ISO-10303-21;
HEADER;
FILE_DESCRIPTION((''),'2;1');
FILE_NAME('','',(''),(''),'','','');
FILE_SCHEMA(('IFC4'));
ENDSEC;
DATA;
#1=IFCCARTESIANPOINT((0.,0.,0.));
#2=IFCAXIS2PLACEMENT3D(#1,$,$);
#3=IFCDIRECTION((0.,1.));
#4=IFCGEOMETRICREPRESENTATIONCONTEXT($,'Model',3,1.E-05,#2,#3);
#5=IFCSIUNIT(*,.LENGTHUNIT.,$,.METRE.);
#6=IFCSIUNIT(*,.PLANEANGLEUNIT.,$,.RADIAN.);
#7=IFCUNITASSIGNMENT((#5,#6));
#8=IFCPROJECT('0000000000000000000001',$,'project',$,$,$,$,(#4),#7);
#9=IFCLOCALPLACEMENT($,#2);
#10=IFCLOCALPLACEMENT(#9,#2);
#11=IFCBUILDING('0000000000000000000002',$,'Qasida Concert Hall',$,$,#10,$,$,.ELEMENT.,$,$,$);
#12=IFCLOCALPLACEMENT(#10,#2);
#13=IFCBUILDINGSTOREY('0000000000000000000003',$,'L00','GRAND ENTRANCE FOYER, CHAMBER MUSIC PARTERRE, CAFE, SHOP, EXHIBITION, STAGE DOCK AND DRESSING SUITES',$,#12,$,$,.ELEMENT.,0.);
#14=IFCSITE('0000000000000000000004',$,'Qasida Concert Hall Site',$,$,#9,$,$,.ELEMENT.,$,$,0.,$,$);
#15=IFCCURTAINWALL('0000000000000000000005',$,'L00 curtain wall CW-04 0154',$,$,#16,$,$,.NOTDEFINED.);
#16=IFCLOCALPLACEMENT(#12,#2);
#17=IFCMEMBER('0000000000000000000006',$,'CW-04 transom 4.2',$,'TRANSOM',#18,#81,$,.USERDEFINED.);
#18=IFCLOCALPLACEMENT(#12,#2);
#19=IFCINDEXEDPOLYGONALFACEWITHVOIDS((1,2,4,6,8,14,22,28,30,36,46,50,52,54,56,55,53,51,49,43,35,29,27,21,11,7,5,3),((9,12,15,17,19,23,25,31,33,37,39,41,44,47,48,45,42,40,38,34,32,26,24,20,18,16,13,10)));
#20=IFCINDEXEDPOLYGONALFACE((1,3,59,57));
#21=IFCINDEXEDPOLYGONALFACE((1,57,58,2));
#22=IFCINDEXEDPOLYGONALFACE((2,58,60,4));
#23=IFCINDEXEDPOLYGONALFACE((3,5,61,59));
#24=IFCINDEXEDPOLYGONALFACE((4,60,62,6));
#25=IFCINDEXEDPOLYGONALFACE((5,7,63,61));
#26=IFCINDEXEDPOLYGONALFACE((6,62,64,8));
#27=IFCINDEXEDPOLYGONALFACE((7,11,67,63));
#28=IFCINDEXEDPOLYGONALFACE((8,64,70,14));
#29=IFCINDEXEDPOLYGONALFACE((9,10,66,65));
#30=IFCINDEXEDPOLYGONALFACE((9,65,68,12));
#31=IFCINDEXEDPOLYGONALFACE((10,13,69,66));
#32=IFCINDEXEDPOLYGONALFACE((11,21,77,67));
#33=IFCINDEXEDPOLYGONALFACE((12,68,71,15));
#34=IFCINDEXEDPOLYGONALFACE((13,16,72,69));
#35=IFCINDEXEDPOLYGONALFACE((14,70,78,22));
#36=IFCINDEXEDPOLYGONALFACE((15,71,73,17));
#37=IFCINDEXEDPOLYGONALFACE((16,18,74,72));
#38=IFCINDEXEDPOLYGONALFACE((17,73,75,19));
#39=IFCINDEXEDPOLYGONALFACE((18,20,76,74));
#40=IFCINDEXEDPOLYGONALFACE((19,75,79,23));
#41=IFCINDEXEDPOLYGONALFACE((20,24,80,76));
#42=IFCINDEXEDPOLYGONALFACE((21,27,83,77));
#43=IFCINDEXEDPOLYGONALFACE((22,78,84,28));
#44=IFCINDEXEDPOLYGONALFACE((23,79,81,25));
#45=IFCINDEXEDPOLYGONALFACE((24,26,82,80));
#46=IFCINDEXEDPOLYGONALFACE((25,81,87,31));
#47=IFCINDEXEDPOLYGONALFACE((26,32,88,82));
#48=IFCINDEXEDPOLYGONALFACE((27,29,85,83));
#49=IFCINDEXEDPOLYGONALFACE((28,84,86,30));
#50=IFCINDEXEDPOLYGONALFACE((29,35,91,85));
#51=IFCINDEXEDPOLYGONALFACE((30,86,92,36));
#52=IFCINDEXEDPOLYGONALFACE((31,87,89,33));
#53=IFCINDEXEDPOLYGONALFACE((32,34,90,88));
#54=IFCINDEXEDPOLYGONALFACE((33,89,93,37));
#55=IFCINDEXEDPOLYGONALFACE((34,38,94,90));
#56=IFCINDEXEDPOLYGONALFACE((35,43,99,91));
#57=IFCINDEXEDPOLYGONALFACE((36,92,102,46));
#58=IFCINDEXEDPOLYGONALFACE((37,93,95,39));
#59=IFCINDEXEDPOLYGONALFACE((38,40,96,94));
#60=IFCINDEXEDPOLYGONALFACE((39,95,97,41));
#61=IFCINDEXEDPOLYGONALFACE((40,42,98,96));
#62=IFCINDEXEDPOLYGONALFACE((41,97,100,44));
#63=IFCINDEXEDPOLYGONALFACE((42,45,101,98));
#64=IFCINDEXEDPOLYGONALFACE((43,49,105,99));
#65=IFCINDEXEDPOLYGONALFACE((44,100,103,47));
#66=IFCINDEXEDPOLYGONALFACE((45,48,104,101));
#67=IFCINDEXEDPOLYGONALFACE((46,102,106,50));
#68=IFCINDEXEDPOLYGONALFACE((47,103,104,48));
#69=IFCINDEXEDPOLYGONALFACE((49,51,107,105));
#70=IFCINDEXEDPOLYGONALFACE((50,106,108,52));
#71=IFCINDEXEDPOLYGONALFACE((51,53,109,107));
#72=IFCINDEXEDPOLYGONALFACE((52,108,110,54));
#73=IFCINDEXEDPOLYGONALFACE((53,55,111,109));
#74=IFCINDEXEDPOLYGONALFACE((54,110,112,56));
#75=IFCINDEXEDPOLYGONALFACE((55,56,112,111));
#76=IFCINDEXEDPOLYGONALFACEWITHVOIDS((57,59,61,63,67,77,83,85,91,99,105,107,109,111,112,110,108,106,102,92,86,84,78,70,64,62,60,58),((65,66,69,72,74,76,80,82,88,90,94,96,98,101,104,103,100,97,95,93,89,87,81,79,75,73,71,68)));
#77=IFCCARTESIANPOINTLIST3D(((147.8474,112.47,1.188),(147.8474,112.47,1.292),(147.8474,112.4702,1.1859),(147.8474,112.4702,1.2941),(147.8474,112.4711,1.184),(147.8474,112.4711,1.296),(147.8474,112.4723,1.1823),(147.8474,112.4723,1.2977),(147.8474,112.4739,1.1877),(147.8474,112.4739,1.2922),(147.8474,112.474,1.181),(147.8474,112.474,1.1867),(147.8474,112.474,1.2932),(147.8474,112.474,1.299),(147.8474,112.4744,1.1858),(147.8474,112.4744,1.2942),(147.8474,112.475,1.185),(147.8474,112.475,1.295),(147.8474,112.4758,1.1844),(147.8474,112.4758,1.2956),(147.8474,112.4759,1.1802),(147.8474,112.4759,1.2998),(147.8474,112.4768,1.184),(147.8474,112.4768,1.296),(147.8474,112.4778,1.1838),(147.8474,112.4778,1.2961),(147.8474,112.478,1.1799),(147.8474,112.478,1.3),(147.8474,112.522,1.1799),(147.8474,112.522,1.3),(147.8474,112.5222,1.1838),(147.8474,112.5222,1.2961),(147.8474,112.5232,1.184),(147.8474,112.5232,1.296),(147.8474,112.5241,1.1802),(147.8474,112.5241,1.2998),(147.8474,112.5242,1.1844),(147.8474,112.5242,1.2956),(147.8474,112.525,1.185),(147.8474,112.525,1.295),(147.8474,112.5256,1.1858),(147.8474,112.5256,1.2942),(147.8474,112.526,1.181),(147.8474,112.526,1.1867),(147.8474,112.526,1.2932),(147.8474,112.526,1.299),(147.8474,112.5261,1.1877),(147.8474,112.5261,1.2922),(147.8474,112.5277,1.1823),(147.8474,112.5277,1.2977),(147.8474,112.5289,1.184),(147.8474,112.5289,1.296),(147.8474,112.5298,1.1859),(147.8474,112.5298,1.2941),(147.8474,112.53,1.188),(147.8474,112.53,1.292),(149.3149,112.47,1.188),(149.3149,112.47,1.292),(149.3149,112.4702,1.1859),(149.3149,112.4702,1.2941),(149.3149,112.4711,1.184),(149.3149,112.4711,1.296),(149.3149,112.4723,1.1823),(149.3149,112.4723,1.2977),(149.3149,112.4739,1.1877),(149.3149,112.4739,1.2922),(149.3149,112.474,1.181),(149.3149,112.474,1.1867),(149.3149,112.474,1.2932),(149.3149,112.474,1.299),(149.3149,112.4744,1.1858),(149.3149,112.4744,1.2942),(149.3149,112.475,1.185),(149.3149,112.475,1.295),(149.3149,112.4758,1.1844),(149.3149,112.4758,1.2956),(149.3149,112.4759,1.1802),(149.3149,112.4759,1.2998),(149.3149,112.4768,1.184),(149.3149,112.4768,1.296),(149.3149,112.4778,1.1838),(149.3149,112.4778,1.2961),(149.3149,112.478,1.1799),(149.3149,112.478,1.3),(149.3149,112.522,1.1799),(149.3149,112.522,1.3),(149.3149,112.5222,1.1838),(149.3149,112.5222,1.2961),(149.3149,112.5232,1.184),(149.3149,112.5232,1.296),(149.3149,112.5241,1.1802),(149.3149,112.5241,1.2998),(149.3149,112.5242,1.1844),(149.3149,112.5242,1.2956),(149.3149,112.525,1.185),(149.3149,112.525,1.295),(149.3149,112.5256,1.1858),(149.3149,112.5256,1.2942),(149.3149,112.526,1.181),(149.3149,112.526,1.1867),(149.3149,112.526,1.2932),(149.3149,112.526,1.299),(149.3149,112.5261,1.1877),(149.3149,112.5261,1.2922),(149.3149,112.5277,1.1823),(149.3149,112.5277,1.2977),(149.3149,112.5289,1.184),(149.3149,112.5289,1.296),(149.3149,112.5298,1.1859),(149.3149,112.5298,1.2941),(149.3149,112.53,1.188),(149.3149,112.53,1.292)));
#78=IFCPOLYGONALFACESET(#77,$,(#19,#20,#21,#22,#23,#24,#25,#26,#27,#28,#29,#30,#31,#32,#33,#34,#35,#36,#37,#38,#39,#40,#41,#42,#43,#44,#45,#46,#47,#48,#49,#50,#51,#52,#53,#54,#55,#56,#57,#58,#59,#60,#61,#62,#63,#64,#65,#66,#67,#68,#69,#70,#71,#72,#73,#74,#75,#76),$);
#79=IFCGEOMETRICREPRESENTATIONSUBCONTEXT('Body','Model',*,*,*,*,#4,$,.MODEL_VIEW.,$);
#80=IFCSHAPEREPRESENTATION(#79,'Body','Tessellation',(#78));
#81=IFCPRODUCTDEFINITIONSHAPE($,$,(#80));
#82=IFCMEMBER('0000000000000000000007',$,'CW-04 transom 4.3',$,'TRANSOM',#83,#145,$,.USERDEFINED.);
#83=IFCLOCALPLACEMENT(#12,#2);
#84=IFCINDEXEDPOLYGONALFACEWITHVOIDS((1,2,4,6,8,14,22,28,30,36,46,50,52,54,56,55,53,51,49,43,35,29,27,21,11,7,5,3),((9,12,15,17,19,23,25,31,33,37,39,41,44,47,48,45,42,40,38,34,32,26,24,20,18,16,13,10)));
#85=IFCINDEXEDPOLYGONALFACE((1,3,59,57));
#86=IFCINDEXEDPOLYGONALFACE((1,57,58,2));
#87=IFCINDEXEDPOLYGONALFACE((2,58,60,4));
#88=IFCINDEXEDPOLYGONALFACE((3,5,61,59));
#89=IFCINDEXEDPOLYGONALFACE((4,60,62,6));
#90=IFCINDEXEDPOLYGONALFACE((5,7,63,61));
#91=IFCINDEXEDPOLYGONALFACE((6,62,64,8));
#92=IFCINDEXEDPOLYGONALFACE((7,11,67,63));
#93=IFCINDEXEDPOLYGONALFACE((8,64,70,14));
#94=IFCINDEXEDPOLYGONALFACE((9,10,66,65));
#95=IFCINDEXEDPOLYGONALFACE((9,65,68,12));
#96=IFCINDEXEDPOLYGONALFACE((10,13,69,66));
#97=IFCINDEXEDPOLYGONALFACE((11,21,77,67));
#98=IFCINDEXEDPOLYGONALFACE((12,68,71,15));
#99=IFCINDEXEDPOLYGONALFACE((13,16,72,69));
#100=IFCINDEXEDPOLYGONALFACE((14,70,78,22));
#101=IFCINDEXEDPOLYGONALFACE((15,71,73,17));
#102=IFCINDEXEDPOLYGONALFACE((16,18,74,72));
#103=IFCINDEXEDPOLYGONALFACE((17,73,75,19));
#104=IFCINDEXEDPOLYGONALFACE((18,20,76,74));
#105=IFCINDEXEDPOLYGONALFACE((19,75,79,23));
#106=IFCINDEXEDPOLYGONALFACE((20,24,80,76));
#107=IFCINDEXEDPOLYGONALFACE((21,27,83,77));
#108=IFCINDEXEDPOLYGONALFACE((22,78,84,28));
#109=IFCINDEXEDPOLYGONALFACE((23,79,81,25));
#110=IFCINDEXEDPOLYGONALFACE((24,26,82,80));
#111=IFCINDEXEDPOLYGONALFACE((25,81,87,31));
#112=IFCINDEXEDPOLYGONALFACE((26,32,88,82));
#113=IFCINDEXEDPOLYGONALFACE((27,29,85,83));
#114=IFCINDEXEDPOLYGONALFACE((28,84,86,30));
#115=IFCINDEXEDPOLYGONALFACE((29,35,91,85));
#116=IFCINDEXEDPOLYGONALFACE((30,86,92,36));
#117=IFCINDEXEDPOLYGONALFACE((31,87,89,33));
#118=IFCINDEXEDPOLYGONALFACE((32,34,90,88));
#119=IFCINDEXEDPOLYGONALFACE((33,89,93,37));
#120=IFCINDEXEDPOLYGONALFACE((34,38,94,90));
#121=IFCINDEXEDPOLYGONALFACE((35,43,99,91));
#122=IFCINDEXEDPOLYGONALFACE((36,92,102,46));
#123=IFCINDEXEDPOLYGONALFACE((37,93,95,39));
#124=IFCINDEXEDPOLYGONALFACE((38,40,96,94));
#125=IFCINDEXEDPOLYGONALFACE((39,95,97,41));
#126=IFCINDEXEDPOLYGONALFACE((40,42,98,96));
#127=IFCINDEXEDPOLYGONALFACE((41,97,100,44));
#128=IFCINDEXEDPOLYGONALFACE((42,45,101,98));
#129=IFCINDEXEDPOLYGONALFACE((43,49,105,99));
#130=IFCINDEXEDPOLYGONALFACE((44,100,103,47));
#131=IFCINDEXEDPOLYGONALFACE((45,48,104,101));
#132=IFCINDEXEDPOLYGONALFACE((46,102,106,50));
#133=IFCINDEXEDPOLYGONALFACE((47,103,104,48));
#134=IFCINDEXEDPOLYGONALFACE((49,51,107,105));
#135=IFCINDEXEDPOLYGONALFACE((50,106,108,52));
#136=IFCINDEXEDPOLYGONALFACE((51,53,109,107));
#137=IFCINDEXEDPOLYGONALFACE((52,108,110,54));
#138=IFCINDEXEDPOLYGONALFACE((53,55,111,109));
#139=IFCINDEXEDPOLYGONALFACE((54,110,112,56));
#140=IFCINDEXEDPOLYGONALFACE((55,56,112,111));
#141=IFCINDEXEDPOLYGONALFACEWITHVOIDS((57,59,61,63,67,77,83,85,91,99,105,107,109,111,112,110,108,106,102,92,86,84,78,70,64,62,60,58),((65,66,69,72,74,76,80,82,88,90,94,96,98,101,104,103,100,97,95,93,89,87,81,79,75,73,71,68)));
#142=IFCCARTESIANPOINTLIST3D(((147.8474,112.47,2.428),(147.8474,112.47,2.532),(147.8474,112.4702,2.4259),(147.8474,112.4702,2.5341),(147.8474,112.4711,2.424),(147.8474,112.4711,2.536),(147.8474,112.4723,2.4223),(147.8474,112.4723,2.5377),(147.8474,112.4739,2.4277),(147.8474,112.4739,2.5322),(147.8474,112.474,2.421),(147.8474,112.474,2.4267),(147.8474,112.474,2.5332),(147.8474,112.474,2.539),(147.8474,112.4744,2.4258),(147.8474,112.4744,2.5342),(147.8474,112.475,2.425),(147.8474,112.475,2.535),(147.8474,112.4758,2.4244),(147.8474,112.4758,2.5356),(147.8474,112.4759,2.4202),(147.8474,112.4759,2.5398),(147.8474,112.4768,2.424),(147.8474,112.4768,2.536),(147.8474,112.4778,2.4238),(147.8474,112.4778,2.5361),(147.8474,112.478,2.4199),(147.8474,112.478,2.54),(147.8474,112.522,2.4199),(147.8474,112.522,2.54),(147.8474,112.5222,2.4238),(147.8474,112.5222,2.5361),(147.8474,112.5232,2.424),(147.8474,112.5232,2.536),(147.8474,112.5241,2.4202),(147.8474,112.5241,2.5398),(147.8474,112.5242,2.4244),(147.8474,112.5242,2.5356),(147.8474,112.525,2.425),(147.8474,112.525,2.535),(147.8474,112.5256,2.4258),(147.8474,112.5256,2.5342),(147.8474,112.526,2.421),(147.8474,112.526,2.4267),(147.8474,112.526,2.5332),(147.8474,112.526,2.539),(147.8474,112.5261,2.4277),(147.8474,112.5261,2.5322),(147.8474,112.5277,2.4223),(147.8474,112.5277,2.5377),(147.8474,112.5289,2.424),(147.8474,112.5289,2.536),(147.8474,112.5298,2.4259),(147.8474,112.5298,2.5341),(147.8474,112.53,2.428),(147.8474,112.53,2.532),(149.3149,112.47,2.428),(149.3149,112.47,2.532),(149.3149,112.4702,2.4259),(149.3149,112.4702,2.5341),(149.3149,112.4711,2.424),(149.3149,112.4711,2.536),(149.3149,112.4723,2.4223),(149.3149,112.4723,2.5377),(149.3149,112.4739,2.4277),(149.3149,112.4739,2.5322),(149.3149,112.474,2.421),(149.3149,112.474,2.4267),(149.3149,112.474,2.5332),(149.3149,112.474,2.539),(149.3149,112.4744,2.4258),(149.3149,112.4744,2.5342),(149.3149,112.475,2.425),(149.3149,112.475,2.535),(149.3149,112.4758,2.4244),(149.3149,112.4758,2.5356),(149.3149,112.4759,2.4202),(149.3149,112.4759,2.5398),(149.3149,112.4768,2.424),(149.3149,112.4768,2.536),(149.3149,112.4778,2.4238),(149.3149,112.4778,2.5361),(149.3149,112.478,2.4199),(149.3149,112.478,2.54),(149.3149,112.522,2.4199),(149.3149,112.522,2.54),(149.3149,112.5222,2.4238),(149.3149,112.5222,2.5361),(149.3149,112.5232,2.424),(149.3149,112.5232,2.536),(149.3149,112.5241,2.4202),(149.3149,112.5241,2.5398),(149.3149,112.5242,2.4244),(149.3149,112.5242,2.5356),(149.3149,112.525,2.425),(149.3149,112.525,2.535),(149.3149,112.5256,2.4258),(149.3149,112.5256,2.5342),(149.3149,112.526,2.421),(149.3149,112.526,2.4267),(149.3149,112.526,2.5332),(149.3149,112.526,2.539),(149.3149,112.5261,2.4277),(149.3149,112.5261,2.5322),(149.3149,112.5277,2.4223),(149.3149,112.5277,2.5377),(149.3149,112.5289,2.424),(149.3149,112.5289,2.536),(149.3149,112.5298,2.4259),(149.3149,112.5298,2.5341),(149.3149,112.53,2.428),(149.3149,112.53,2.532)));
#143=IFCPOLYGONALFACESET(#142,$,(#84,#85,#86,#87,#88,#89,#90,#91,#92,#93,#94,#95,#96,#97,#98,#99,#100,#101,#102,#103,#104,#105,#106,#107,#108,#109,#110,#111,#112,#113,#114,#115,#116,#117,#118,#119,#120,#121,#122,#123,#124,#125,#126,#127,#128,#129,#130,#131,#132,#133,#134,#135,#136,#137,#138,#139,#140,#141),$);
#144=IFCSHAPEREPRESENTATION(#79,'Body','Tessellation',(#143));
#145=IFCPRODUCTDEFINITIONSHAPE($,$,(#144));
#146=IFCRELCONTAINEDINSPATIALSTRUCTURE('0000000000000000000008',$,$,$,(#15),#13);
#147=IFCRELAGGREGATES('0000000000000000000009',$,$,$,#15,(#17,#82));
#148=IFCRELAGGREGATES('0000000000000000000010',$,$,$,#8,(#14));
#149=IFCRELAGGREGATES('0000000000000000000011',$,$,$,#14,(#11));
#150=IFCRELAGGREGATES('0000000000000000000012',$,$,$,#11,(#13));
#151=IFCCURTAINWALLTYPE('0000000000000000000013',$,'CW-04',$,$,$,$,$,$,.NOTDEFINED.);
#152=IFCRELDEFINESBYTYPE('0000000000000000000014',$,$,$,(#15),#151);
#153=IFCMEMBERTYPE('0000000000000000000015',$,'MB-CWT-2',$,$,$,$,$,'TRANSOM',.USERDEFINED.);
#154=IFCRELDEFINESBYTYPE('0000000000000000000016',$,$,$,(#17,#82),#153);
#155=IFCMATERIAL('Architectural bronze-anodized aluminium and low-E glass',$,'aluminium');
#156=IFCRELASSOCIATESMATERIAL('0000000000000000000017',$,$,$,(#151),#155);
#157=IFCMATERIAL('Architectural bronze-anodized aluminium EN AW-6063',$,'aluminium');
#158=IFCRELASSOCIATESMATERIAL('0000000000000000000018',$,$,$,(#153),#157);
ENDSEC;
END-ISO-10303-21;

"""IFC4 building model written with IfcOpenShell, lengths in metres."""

from ifc_helpers import new_model, si_unit, direction, frame, origin, origin_2d, place, context, subcontext, project, spatial, hollow_rectangle, extrude, material, material_profile, profile_set, type_object, element, aggregate, save


model = new_model("IFC4")

# Units and contexts
model_context = context("Model", 3, precision=1e-05, world=origin(), true_north=direction((0.0, 1.0)))
body_context = subcontext(model_context, "Body", "Model", "MODEL_VIEW")
ifc_project = project(units=[si_unit("LENGTHUNIT", "METRE"), si_unit("PLANEANGLEUNIT", "RADIAN")], contexts=[model_context])

# Site, building, storey
site_placement = place(None, origin())
site = spatial("IfcSite", under=ifc_project, at=site_placement, Name="Qasida Concert Hall Site", CompositionType="ELEMENT", RefElevation=0.0)
building_placement = place(site_placement, origin())
building = spatial("IfcBuilding", under=site, at=building_placement, Name="Qasida Concert Hall", CompositionType="ELEMENT")
storey_placement = place(building_placement, origin())
storey = spatial("IfcBuildingStorey", under=building, at=storey_placement, Name="L00", Description="GRAND ENTRANCE FOYER, CHAMBER MUSIC PARTERRE, CAFE, SHOP, EXHIBITION, STAGE DOCK AND DRESSING SUITES", CompositionType="ELEMENT", Elevation=0.0)

# Curtain wall, members
ifc_material_1 = material(Name="Architectural bronze-anodized aluminium and low-E glass", Category="aluminium")
curtain_wall_type = type_object("IfcCurtainWallType", Name="CW-04", PredefinedType="NOTDEFINED", material=ifc_material_1)
curtain_wall_placement = place(storey_placement, origin())
curtain_wall = element("IfcCurtainWall", 1, at=curtain_wall_placement, inside=storey, type_object=curtain_wall_type, Name="L00 curtain wall CW-04 0154", PredefinedType="NOTDEFINED")
ifc_material_2 = material(Name="Architectural bronze-anodized aluminium EN AW-6063", Category="aluminium")
ifc_material_profile_1 = material_profile(ifc_material_2, hollow_rectangle(XDim=0.0601, YDim=0.1201, WallThickness=0.0039, InnerFilletRadius=0.0039, OuterFilletRadius=0.0081, at=origin_2d()), Name="CWT 120x60x4")
ifc_profile_set_1 = profile_set([ifc_material_profile_1], Name="Architectural bronze-anodized aluminium EN AW-6063")
member_type_1 = type_object("IfcMemberType", Name="MB-CWT-2", ElementType="TRANSOM", PredefinedType="USERDEFINED", material=ifc_profile_set_1)
member_1_placement = place(storey_placement, frame((147.8474, 112.5, 1.24), z_axis=(1.0, 0.0, 0.0), x_axis=(0.0, 1.0, 0.0)))
member_1 = element("IfcMember", 2, at=member_1_placement, type_object=member_type_1, Name="CW-04 transom 4.2", ObjectType="TRANSOM", PredefinedType="USERDEFINED", context=body_context, shape_type="SweptSolid", body=[
    extrude(hollow_rectangle(XDim=0.0601, YDim=0.1201, WallThickness=0.0039, InnerFilletRadius=0.0039, OuterFilletRadius=0.0081, at=origin_2d()), origin(), (0.0, 0.0, 1.0), 1.4675),
])
member_2_placement = place(storey_placement, frame((147.8474, 112.5, 2.48), z_axis=(1.0, 0.0, 0.0), x_axis=(0.0, 1.0, 0.0)))
member_2 = element("IfcMember", 3, at=member_2_placement, type_object=member_type_1, Name="CW-04 transom 4.3", ObjectType="TRANSOM", PredefinedType="USERDEFINED", context=body_context, shape_type="SweptSolid", body=[
    extrude(hollow_rectangle(XDim=0.0601, YDim=0.1201, WallThickness=0.0039, InnerFilletRadius=0.0039, OuterFilletRadius=0.0081, at=origin_2d()), origin(), (0.0, 0.0, 1.0), 1.4675),
])
aggregate(curtain_wall, [member_1, member_2])

save(model, "model.ifc")
